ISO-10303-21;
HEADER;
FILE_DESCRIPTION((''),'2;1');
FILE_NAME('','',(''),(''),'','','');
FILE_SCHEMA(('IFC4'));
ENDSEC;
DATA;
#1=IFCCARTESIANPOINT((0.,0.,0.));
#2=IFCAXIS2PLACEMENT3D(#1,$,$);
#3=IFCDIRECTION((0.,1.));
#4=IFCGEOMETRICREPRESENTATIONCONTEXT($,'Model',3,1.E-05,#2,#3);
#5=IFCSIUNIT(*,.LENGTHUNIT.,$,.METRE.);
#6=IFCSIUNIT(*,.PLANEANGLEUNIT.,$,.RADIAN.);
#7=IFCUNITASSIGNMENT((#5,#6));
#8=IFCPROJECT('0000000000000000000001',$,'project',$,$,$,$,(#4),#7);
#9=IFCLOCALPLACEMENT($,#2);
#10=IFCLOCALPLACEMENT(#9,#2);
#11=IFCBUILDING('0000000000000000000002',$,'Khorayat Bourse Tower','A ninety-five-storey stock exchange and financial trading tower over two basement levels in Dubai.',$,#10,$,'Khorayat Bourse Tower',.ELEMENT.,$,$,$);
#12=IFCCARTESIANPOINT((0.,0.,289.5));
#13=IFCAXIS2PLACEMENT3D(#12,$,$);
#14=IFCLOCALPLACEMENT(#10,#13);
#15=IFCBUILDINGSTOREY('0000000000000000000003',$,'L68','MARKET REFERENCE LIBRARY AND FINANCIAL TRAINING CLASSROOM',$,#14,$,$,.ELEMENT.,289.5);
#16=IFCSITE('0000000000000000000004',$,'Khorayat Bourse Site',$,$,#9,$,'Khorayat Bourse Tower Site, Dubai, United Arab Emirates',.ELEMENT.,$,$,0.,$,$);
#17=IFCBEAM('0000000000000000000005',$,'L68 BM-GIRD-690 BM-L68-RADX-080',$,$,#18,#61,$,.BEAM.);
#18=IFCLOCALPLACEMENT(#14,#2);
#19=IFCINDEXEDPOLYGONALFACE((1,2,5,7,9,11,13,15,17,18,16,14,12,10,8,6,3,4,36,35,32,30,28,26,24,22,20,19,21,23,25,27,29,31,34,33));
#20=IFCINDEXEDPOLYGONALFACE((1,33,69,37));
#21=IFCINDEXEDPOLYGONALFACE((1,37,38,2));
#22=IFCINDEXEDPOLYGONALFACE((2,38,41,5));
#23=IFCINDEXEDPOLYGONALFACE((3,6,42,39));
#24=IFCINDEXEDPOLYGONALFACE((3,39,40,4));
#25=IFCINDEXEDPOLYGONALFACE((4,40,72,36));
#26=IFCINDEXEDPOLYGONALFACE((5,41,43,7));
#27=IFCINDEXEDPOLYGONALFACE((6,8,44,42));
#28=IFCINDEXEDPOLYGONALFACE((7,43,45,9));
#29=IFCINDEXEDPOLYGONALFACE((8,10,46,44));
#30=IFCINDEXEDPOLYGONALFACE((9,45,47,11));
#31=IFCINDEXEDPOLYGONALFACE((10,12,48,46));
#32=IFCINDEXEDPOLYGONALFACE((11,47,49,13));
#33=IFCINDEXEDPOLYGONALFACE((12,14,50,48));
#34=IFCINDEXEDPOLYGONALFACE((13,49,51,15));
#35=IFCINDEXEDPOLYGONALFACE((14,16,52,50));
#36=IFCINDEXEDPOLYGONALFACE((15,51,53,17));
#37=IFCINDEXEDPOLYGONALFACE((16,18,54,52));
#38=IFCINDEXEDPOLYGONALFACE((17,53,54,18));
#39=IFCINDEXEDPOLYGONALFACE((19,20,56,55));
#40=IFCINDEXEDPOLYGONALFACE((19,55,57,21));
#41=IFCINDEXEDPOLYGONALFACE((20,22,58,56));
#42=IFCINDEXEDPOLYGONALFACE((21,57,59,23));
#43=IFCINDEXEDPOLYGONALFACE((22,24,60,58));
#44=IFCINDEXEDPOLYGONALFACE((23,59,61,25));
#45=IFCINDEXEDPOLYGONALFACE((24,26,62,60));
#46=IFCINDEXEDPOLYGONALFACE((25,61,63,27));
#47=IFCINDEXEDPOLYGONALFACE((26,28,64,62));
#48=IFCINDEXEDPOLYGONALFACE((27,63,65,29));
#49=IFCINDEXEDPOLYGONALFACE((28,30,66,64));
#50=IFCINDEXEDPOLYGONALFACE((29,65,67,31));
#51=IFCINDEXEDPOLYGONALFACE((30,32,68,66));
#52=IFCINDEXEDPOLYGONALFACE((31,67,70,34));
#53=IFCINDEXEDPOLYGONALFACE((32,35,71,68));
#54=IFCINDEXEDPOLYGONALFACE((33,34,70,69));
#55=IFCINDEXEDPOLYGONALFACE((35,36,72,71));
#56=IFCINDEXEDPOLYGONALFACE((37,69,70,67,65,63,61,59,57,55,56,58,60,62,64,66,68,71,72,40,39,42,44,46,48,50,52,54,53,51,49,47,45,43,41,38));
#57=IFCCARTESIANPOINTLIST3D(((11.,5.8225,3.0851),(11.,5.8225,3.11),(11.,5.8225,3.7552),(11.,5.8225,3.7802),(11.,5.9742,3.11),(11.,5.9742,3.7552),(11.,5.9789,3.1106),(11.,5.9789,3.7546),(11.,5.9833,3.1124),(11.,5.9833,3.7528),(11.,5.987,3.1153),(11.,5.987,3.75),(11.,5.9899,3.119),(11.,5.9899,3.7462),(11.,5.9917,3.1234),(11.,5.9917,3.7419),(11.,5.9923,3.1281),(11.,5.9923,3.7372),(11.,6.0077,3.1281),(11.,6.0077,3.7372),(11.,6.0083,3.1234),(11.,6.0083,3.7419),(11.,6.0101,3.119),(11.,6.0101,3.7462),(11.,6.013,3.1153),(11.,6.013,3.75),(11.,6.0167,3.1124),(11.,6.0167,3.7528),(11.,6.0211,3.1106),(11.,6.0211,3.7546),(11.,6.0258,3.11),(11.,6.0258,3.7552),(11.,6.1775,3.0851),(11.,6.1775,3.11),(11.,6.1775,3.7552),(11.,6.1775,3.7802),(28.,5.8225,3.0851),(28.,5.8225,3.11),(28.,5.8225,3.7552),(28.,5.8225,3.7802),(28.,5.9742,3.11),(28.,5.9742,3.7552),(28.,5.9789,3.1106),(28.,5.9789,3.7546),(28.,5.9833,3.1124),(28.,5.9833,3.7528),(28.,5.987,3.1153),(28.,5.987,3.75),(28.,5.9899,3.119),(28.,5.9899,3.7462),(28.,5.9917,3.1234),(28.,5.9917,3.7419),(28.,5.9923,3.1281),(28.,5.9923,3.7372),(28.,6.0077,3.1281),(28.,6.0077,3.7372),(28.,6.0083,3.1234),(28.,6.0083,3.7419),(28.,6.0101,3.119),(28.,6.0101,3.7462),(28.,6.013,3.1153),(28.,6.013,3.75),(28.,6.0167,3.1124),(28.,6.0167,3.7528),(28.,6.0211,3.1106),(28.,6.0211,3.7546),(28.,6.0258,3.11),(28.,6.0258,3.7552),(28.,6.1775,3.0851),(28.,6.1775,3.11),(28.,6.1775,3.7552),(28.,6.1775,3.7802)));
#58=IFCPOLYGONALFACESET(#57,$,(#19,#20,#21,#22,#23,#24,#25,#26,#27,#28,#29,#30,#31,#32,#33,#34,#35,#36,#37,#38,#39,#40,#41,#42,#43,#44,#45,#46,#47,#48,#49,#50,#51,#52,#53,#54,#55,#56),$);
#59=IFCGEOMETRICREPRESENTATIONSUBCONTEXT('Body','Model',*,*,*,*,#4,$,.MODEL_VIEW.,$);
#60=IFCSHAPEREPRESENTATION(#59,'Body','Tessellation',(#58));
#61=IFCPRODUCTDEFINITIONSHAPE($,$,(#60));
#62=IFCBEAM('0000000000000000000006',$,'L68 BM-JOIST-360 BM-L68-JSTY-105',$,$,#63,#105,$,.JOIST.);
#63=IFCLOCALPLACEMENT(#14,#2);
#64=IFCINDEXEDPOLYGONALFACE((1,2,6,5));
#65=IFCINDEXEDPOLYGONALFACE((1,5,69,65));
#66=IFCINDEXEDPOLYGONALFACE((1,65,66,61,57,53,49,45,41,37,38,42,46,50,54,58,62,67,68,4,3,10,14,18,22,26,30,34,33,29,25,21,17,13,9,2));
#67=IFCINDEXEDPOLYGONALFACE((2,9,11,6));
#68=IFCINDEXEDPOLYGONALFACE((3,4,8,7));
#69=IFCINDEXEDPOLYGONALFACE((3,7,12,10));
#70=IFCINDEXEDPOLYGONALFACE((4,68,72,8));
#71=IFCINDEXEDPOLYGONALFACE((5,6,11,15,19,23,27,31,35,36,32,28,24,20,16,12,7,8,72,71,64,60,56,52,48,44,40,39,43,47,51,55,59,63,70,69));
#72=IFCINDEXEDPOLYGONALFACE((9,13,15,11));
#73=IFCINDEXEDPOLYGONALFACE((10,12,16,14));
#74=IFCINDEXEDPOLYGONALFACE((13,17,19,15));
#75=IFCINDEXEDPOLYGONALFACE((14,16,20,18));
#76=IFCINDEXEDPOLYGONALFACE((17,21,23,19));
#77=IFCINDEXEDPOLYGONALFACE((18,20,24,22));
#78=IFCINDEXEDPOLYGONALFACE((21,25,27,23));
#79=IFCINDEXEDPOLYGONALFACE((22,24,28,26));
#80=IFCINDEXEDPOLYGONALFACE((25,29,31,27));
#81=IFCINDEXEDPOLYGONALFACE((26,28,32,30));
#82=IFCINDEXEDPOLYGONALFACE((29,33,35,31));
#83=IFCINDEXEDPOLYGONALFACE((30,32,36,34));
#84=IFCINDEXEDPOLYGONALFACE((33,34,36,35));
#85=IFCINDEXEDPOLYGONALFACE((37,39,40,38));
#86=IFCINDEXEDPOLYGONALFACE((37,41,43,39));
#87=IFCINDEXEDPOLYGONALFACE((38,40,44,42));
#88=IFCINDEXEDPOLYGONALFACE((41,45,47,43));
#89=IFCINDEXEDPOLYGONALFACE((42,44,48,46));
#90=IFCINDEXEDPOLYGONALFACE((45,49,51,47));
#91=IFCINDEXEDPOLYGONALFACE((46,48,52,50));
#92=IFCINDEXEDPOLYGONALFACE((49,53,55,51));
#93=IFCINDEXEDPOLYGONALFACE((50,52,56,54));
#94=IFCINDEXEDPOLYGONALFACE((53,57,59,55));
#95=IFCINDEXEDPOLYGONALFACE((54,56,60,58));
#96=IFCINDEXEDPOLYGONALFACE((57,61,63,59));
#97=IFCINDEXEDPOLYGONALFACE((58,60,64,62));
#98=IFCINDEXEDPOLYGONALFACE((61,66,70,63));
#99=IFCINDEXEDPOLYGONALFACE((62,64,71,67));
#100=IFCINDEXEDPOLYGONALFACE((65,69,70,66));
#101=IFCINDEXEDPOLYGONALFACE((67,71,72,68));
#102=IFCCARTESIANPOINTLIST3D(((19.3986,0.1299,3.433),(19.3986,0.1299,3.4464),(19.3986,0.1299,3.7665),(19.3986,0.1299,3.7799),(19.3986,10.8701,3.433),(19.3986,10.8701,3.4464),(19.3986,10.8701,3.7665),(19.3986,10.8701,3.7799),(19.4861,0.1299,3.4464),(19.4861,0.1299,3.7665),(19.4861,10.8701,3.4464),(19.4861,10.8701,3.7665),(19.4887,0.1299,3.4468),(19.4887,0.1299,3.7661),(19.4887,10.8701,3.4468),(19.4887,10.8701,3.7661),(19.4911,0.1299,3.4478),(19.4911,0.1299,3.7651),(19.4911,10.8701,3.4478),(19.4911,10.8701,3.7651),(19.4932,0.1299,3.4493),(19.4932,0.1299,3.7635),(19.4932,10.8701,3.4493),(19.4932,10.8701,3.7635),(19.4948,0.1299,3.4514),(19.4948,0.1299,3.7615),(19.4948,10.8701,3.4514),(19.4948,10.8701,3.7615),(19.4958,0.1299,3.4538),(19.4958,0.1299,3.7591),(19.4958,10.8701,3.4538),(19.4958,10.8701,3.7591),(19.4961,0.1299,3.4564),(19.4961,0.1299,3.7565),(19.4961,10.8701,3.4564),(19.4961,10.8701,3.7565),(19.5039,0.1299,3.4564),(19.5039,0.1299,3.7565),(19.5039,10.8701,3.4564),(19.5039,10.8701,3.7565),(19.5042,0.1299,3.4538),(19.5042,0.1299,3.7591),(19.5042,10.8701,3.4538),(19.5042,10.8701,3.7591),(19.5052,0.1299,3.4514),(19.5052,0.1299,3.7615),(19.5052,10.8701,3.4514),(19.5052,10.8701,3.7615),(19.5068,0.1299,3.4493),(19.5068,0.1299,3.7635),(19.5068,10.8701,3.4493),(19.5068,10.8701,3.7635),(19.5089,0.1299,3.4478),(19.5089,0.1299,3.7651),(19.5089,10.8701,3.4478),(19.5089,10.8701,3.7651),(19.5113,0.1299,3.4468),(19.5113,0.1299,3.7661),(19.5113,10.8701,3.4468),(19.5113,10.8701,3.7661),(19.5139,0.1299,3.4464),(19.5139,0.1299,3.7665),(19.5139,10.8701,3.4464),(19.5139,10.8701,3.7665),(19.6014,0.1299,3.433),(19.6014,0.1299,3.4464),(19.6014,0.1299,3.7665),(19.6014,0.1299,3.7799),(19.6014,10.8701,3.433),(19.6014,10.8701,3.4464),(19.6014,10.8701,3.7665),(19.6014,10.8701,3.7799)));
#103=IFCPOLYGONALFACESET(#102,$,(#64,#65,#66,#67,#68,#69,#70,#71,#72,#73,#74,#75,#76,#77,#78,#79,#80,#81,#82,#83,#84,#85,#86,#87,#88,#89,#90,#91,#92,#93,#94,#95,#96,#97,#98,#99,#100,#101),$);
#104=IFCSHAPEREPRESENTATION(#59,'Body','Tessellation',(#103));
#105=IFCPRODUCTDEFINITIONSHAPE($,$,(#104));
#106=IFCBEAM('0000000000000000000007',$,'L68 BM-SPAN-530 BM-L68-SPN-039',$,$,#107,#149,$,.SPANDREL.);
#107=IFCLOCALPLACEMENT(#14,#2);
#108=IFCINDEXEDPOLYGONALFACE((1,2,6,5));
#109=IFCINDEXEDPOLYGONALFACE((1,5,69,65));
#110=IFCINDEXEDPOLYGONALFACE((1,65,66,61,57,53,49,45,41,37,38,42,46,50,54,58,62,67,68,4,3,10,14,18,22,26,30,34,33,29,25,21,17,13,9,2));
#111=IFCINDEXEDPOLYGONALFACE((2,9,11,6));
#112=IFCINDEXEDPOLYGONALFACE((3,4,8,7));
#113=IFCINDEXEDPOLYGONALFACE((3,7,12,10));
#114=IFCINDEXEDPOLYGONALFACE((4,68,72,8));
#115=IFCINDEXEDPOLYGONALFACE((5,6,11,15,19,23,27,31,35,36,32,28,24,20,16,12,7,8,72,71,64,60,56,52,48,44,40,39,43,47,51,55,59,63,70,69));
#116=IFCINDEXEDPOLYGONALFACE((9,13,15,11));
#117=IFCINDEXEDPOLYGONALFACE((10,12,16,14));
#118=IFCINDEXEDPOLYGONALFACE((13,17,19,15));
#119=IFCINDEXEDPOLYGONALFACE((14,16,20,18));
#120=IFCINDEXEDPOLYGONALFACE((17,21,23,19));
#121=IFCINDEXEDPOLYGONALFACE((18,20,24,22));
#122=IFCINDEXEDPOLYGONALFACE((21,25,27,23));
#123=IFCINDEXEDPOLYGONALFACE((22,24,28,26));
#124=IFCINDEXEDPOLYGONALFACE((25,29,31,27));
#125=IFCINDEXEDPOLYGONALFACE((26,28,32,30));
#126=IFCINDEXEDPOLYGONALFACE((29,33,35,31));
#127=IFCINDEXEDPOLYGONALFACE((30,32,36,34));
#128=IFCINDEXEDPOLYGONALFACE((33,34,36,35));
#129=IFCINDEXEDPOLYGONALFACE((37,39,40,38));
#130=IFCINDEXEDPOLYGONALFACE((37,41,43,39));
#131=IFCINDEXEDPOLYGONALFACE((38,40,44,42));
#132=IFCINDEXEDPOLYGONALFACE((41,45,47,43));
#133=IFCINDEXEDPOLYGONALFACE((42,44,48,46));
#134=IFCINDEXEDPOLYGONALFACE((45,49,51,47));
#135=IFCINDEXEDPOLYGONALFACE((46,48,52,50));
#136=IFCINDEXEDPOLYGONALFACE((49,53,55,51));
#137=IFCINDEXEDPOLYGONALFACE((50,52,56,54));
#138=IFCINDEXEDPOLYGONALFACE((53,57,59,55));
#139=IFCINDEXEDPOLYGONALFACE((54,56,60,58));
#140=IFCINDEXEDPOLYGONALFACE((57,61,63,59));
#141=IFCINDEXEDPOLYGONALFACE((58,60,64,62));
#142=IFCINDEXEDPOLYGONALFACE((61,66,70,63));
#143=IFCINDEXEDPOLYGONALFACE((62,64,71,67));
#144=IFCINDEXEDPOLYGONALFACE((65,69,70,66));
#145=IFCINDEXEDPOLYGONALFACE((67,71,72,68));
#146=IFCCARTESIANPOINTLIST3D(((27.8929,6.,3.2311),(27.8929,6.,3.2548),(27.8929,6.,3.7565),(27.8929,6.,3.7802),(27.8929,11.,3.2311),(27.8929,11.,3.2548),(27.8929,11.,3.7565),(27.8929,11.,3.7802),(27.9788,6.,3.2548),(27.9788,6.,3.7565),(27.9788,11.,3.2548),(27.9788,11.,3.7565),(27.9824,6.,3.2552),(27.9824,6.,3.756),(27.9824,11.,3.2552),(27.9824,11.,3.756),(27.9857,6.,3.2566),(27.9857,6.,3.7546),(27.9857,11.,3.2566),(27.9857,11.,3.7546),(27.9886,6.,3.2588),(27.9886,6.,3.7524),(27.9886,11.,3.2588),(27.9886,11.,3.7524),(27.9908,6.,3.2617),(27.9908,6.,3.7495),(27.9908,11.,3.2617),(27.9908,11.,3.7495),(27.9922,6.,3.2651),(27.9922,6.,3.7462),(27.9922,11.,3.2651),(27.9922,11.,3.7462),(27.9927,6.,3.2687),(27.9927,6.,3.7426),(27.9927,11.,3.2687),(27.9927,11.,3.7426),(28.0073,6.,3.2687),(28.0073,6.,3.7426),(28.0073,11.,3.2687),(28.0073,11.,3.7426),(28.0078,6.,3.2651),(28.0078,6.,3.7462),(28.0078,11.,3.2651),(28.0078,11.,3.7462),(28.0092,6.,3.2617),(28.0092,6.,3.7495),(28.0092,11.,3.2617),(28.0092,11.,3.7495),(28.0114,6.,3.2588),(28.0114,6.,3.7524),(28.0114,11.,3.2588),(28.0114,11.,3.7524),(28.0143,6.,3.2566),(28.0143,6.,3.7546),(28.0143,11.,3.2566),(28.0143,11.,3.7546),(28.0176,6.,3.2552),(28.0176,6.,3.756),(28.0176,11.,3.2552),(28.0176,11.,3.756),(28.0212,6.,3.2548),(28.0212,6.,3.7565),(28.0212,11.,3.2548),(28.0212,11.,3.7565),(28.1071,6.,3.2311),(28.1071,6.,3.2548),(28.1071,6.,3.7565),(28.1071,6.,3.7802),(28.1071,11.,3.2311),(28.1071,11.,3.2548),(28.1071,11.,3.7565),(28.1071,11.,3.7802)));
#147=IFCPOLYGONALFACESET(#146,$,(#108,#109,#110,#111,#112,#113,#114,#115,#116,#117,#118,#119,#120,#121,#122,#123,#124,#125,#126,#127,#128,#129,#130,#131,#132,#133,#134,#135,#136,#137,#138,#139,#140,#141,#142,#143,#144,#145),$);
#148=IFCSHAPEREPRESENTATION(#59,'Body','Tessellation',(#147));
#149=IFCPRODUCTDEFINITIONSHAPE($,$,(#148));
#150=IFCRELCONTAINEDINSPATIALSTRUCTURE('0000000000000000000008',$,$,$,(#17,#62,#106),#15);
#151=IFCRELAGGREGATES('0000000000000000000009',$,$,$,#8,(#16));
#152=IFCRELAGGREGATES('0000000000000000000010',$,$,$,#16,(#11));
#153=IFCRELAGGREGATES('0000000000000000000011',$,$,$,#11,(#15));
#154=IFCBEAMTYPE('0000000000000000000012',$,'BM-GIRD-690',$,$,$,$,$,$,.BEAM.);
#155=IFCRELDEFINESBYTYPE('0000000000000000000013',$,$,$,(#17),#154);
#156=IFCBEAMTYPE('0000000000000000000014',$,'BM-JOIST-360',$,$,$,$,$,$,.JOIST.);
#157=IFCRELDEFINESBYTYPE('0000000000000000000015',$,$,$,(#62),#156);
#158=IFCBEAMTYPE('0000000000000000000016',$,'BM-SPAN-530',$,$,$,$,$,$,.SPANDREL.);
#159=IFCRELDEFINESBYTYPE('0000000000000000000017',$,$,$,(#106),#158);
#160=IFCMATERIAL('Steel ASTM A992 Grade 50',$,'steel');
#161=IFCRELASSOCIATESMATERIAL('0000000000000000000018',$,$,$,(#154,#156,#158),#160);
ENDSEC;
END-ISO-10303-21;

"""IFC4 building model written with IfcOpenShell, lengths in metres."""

from ifc_helpers import new_model, si_unit, direction, frame, origin, origin_2d, place, context, subcontext, project, spatial, i_section, extrude, source, transform, mapped, material, material_profile, profile_set, type_object, element, save


model = new_model("IFC4")

# Units and contexts
model_context = context("Model", 3, precision=1e-05, world=origin(), true_north=direction((0.0, 1.0)))
body_context = subcontext(model_context, "Body", "Model", "MODEL_VIEW")
ifc_project = project(units=[si_unit("LENGTHUNIT", "METRE"), si_unit("PLANEANGLEUNIT", "RADIAN")], contexts=[model_context])

# Site, building, storey
site_placement = place(None, origin())
site = spatial("IfcSite", under=ifc_project, at=site_placement, Name="Khorayat Bourse Site", LongName="Khorayat Bourse Tower Site, Dubai, United Arab Emirates", CompositionType="ELEMENT", RefElevation=0.0)
building_placement = place(site_placement, origin())
building = spatial("IfcBuilding", under=site, at=building_placement, Name="Khorayat Bourse Tower", Description="A ninety-five-storey stock exchange and financial trading tower over two basement levels in Dubai.", LongName="Khorayat Bourse Tower", CompositionType="ELEMENT")
storey_placement = place(building_placement, frame((0.0, 0.0, 289.5)))
storey = spatial("IfcBuildingStorey", under=building, at=storey_placement, Name="L68", Description="MARKET REFERENCE LIBRARY AND FINANCIAL TRAINING CLASSROOM", CompositionType="ELEMENT", Elevation=289.5)

# Beams
ifc_material_1 = material(Name="Steel ASTM A992 Grade 50", Category="steel")
ifc_material_profile_1 = material_profile(ifc_material_1, i_section(OverallWidth=0.355, OverallDepth=0.6951, WebThickness=0.0154, FlangeThickness=0.0249, FilletRadius=0.0181, at=origin_2d()), Name="W690X217")
ifc_profile_set_1 = profile_set([ifc_material_profile_1], Name="Steel ASTM A992 Grade 50")
beam_type_1 = type_object("IfcBeamType", Name="BM-GIRD-690", PredefinedType="BEAM", material=ifc_profile_set_1)
shared_shape_1 = source(origin(), body_context, "Body", "SweptSolid", [
    extrude(i_section(OverallWidth=0.355, OverallDepth=0.6951, WebThickness=0.0154, FlangeThickness=0.0249, FilletRadius=0.0181, at=origin_2d()), origin(), (0.0, 0.0, 1.0), 17.0),
])
for number, where, z_axis, x_axis, name in (
    (1, (11.0, 6.0, 3.4326), (1.0, 0.0, 0.0), (0.0, 1.0, 0.0), "L68 BM-GIRD-690 BM-L68-RADX-080"),
):
    element("IfcBeam", number, at=place(storey_placement, frame(where, z_axis=z_axis, x_axis=x_axis)), inside=storey, type_object=beam_type_1, Name=name, PredefinedType="BEAM", context=body_context, shape_type="MappedRepresentation", body=[
        mapped(shared_shape_1, transform((0.0, 0.0, 0.0), scale=1.0)),
    ])
ifc_material_profile_2 = material_profile(ifc_material_1, i_section(OverallWidth=0.2029, OverallDepth=0.3469, WebThickness=0.0078, FlangeThickness=0.0134, FilletRadius=0.01, at=origin_2d()), Name="W360X64")
ifc_profile_set_2 = profile_set([ifc_material_profile_2], Name="Steel ASTM A992 Grade 50")
beam_type_2 = type_object("IfcBeamType", Name="BM-JOIST-360", PredefinedType="JOIST", material=ifc_profile_set_2)
shared_shape_2 = source(origin(), body_context, "Body", "SweptSolid", [
    extrude(i_section(OverallWidth=0.2029, OverallDepth=0.3469, WebThickness=0.0078, FlangeThickness=0.0134, FilletRadius=0.01, at=origin_2d()), origin(), (0.0, 0.0, 1.0), 10.7402),
])
beam_1_placement = place(storey_placement, frame((19.5, 0.1299, 3.6064), z_axis=(0.0, 1.0, 0.0), x_axis=(-1.0, 0.0, 0.0)))
element("IfcBeam", 2, at=beam_1_placement, inside=storey, type_object=beam_type_2, Name="L68 BM-JOIST-360 BM-L68-JSTY-105", PredefinedType="JOIST", context=body_context, shape_type="MappedRepresentation", body=[
    mapped(shared_shape_2, transform((0.0, 0.0, 0.0), scale=1.0)),
])
ifc_material_profile_3 = material_profile(ifc_material_1, i_section(OverallWidth=0.2141, OverallDepth=0.5491, WebThickness=0.0146, FlangeThickness=0.0237, FilletRadius=0.0139, at=origin_2d()), Name="W530X138")
ifc_profile_set_3 = profile_set([ifc_material_profile_3], Name="Steel ASTM A992 Grade 50")
beam_type_3 = type_object("IfcBeamType", Name="BM-SPAN-530", PredefinedType="SPANDREL", material=ifc_profile_set_3)
shared_shape_3 = source(origin(), body_context, "Body", "SweptSolid", [
    extrude(i_section(OverallWidth=0.2141, OverallDepth=0.5491, WebThickness=0.0146, FlangeThickness=0.0237, FilletRadius=0.0139, at=origin_2d()), origin(), (0.0, 0.0, 1.0), 5.0),
])
beam_2_placement = place(storey_placement, frame((28.0, 6.0, 3.5056), z_axis=(0.0, 1.0, 0.0), x_axis=(-1.0, 0.0, 0.0)))
element("IfcBeam", 3, at=beam_2_placement, inside=storey, type_object=beam_type_3, Name="L68 BM-SPAN-530 BM-L68-SPN-039", PredefinedType="SPANDREL", context=body_context, shape_type="MappedRepresentation", body=[
    mapped(shared_shape_3, transform((0.0, 0.0, 0.0), scale=1.0)),
])

save(model, "model.ifc")
